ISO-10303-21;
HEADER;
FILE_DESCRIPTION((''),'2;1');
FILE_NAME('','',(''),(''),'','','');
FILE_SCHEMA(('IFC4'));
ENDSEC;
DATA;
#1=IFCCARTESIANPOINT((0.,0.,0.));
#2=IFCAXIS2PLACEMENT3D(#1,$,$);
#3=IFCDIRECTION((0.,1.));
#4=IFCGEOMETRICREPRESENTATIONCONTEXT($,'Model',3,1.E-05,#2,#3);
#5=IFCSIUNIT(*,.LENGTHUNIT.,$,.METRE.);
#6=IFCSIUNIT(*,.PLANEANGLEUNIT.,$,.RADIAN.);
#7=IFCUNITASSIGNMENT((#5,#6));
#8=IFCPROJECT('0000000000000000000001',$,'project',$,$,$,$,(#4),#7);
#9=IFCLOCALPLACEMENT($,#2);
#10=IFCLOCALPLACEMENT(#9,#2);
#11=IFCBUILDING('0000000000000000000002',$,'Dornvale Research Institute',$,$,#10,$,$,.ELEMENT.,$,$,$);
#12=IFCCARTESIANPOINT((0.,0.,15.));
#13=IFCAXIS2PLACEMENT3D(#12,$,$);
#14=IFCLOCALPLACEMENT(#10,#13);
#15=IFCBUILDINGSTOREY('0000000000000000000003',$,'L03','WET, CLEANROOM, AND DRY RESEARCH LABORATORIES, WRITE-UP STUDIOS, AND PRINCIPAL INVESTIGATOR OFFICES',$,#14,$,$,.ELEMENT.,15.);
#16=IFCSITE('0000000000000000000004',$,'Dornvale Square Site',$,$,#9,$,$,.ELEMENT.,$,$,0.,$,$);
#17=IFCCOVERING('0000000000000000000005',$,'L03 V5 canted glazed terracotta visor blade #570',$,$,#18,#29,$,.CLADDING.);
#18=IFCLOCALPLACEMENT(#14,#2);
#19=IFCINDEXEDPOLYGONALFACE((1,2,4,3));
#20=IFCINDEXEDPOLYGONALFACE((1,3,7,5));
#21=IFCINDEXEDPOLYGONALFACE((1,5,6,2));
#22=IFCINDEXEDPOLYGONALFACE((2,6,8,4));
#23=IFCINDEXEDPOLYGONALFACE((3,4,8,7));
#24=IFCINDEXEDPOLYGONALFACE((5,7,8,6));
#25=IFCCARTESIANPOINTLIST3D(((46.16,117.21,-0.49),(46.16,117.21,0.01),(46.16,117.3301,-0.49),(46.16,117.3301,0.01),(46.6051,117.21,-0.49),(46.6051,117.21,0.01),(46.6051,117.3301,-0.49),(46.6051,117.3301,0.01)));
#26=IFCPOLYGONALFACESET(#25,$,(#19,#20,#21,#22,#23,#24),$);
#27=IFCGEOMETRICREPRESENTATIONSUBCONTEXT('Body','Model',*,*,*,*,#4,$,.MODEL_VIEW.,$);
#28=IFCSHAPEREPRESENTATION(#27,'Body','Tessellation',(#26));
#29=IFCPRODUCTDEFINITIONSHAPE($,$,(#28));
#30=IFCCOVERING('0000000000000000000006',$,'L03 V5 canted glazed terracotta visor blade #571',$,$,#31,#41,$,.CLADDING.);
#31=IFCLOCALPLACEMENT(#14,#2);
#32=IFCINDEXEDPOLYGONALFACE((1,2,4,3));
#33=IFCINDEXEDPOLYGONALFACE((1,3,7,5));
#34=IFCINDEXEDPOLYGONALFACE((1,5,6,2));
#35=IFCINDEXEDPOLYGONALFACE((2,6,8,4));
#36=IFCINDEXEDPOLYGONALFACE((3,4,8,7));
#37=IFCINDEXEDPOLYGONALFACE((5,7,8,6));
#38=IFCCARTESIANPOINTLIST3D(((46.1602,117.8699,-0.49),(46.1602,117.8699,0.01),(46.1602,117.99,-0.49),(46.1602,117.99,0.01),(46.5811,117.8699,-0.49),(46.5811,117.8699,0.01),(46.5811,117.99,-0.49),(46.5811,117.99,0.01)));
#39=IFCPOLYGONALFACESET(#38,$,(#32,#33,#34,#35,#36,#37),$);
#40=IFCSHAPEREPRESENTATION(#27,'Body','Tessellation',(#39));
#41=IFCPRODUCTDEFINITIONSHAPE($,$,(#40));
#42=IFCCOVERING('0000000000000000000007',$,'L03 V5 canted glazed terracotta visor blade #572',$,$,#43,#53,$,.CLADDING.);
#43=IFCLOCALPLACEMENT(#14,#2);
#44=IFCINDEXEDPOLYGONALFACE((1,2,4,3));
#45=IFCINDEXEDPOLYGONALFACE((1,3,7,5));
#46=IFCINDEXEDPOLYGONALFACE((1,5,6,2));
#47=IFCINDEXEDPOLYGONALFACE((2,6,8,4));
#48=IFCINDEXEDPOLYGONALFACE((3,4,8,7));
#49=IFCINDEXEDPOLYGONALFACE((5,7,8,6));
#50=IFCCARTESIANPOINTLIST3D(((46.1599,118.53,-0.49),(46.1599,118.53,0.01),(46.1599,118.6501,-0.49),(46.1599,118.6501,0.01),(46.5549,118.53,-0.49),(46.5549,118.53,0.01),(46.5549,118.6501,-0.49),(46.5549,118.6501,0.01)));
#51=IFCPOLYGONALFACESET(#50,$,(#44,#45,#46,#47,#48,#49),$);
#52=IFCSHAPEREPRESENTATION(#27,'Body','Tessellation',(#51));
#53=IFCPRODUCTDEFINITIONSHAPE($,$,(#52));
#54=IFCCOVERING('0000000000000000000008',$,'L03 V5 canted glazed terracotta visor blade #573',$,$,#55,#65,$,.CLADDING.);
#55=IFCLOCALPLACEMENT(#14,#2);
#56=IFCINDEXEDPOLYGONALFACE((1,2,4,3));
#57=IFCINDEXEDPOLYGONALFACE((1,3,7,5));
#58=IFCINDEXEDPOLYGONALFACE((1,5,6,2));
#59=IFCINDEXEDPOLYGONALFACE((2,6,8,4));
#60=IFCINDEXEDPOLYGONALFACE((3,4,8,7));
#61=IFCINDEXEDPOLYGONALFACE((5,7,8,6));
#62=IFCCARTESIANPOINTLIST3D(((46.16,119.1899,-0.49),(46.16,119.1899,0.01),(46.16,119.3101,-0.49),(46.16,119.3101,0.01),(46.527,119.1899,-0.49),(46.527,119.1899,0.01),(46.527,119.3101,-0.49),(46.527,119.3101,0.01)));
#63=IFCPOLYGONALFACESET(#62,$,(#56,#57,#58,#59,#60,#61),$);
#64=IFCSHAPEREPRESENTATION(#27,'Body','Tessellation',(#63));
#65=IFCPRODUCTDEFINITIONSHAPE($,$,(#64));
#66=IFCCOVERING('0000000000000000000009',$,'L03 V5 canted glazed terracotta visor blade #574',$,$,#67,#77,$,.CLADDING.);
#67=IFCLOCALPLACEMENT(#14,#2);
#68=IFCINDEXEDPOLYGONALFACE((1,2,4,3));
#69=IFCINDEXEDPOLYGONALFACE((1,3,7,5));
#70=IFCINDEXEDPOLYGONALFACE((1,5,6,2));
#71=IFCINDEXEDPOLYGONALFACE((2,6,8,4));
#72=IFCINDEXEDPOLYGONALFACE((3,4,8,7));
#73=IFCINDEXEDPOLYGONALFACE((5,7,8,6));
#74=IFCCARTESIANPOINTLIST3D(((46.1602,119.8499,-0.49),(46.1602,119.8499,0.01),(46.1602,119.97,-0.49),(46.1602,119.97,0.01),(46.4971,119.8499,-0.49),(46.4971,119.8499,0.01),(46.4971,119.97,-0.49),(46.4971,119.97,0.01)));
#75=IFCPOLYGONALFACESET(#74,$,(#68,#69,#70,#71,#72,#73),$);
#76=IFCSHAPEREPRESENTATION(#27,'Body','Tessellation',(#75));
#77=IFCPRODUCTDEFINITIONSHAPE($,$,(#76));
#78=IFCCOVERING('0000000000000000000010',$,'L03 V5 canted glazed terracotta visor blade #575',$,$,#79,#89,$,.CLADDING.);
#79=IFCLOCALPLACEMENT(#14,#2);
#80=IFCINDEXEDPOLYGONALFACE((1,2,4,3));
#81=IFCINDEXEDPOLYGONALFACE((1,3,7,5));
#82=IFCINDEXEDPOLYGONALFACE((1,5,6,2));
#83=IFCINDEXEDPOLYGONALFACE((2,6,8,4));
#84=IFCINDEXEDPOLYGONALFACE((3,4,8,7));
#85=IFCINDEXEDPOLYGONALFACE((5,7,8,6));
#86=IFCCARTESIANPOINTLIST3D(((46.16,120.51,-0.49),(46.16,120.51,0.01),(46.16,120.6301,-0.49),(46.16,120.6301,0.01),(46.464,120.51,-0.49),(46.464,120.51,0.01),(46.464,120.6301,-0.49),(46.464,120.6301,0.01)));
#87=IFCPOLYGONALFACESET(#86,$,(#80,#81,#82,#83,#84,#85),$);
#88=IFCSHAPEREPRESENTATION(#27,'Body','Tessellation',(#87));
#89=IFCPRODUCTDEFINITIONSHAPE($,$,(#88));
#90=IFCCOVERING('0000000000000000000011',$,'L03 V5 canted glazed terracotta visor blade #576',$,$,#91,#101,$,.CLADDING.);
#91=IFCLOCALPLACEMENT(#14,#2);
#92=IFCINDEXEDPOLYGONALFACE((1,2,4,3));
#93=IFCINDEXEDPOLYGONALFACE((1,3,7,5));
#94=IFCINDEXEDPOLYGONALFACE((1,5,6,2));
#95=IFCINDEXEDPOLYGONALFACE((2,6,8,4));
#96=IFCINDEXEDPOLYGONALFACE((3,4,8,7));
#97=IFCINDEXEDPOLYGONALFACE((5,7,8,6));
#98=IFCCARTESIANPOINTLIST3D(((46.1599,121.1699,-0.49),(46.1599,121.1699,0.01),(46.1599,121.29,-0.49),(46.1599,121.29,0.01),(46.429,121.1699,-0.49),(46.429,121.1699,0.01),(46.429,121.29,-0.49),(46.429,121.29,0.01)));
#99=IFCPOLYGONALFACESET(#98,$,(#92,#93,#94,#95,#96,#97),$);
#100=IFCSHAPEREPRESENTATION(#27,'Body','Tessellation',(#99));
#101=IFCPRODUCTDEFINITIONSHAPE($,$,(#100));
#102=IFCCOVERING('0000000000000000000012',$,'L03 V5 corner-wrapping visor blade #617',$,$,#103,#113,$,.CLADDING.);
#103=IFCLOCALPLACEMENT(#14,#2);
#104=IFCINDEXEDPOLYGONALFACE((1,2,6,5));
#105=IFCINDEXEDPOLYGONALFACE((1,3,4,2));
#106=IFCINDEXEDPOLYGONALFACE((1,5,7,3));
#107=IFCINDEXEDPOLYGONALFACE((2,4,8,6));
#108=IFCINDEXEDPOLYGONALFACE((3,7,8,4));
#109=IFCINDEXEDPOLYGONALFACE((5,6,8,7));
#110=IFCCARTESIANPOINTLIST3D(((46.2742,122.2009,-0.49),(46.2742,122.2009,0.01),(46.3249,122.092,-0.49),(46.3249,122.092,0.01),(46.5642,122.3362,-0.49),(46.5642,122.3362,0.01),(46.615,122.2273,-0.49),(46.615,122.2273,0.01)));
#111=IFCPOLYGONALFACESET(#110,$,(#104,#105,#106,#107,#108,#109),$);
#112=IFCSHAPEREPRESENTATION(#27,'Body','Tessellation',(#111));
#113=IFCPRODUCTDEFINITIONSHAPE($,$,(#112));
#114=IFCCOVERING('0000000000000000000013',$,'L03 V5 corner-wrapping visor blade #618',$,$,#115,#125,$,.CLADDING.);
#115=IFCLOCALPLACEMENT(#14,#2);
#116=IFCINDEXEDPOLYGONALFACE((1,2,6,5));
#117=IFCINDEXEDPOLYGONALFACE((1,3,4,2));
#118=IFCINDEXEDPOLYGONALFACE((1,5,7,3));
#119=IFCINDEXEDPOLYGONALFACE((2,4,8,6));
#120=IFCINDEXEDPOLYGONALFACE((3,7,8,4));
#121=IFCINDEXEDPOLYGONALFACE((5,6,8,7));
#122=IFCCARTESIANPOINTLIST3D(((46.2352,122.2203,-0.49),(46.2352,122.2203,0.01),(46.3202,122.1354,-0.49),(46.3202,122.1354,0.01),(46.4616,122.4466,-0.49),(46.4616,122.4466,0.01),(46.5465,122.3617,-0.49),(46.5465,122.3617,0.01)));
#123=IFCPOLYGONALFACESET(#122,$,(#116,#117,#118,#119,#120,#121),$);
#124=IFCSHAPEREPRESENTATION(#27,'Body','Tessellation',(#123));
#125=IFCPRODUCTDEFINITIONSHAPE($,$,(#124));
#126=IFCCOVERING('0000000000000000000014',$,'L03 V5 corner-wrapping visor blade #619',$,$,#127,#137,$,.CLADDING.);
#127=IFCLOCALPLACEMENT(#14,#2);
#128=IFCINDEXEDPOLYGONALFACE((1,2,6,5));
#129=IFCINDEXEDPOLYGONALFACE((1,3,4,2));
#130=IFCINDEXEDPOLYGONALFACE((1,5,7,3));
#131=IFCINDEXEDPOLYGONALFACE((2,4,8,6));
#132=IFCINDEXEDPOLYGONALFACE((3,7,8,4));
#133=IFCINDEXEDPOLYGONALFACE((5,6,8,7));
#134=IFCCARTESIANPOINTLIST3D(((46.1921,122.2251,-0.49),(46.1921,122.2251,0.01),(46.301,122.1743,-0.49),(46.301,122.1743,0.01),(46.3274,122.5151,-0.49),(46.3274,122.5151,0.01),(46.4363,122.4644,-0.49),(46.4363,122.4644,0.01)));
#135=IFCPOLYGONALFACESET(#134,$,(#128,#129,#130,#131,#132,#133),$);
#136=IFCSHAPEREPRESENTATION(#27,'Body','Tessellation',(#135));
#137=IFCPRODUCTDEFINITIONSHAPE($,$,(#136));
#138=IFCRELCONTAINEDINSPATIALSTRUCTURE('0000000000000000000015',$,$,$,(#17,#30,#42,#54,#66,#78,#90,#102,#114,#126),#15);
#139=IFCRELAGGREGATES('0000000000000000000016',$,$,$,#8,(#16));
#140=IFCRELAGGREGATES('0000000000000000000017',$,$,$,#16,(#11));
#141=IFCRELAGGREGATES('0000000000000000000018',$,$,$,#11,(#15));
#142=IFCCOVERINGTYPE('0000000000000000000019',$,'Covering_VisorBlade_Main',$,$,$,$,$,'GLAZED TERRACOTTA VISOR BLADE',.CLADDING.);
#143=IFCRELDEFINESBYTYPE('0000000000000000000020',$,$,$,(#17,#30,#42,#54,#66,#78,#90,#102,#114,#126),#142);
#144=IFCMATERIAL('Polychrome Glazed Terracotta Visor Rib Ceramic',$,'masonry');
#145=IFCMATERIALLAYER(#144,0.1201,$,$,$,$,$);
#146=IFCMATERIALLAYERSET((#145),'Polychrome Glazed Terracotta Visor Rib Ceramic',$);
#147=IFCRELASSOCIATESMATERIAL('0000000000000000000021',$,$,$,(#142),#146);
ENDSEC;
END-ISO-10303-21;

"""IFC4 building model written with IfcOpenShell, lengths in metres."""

from ifc_helpers import new_model, si_unit, direction, frame, origin, origin_2d, place, context, subcontext, project, spatial, rectangle, extrude, material, layer, layer_set, type_object, element, save


model = new_model("IFC4")

# Units and contexts
model_context = context("Model", 3, precision=1e-05, world=origin(), true_north=direction((0.0, 1.0)))
body_context = subcontext(model_context, "Body", "Model", "MODEL_VIEW")
ifc_project = project(units=[si_unit("LENGTHUNIT", "METRE"), si_unit("PLANEANGLEUNIT", "RADIAN")], contexts=[model_context])

# Site, building, storey
site_placement = place(None, origin())
site = spatial("IfcSite", under=ifc_project, at=site_placement, Name="Dornvale Square Site", CompositionType="ELEMENT", RefElevation=0.0)
building_placement = place(site_placement, origin())
building = spatial("IfcBuilding", under=site, at=building_placement, Name="Dornvale Research Institute", CompositionType="ELEMENT")
storey_placement = place(building_placement, frame((0.0, 0.0, 15.0)))
storey = spatial("IfcBuildingStorey", under=building, at=storey_placement, Name="L03", Description="WET, CLEANROOM, AND DRY RESEARCH LABORATORIES, WRITE-UP STUDIOS, AND PRINCIPAL INVESTIGATOR OFFICES", CompositionType="ELEMENT", Elevation=15.0)

# Coverings
ifc_material_1 = material(Name="Polychrome Glazed Terracotta Visor Rib Ceramic", Category="masonry")
ifc_layer_1 = layer(ifc_material_1, 0.1201)
ifc_layer_set_1 = layer_set([ifc_layer_1], Name="Polychrome Glazed Terracotta Visor Rib Ceramic")
covering_type = type_object("IfcCoveringType", Name="Covering_VisorBlade_Main", ElementType="GLAZED TERRACOTTA VISOR BLADE", PredefinedType="CLADDING", material=ifc_layer_set_1)
covering_1_placement = place(storey_placement, frame((46.3826, 117.27, -0.49), z_axis=(0.0, 0.0, 1.0), x_axis=(1.0, 0.0, 0.0)))
element("IfcCovering", 1, at=covering_1_placement, inside=storey, type_object=covering_type, Name="L03 V5 canted glazed terracotta visor blade #570", PredefinedType="CLADDING", context=body_context, shape_type="SweptSolid", body=[
    extrude(rectangle(XDim=0.4451, YDim=0.1201, at=origin_2d()), origin(), (0.0, 0.0, 1.0), 0.5),
])
covering_2_placement = place(storey_placement, frame((46.3706, 117.9299, -0.49), z_axis=(0.0, 0.0, 1.0), x_axis=(1.0, 0.0, 0.0)))
element("IfcCovering", 2, at=covering_2_placement, inside=storey, type_object=covering_type, Name="L03 V5 canted glazed terracotta visor blade #571", PredefinedType="CLADDING", context=body_context, shape_type="SweptSolid", body=[
    extrude(rectangle(XDim=0.4209, YDim=0.1201, at=origin_2d()), origin(), (0.0, 0.0, 1.0), 0.5),
])
covering_3_placement = place(storey_placement, frame((46.3574, 118.5901, -0.49), z_axis=(0.0, 0.0, 1.0), x_axis=(1.0, 0.0, 0.0)))
element("IfcCovering", 3, at=covering_3_placement, inside=storey, type_object=covering_type, Name="L03 V5 canted glazed terracotta visor blade #572", PredefinedType="CLADDING", context=body_context, shape_type="SweptSolid", body=[
    extrude(rectangle(XDim=0.395, YDim=0.1201, at=origin_2d()), origin(), (0.0, 0.0, 1.0), 0.5),
])
covering_4_placement = place(storey_placement, frame((46.3435, 119.25, -0.49), z_axis=(0.0, 0.0, 1.0), x_axis=(1.0, 0.0, 0.0)))
element("IfcCovering", 4, at=covering_4_placement, inside=storey, type_object=covering_type, Name="L03 V5 canted glazed terracotta visor blade #573", PredefinedType="CLADDING", context=body_context, shape_type="SweptSolid", body=[
    extrude(rectangle(XDim=0.3669, YDim=0.1201, at=origin_2d()), origin(), (0.0, 0.0, 1.0), 0.5),
])
covering_5_placement = place(storey_placement, frame((46.3286, 119.9099, -0.49), z_axis=(0.0, 0.0, 1.0), x_axis=(1.0, 0.0, 0.0)))
element("IfcCovering", 5, at=covering_5_placement, inside=storey, type_object=covering_type, Name="L03 V5 canted glazed terracotta visor blade #574", PredefinedType="CLADDING", context=body_context, shape_type="SweptSolid", body=[
    extrude(rectangle(XDim=0.3369, YDim=0.1201, at=origin_2d()), origin(), (0.0, 0.0, 1.0), 0.5),
])
covering_6_placement = place(storey_placement, frame((46.312, 120.5701, -0.49), z_axis=(0.0, 0.0, 1.0), x_axis=(1.0, 0.0, 0.0)))
element("IfcCovering", 6, at=covering_6_placement, inside=storey, type_object=covering_type, Name="L03 V5 canted glazed terracotta visor blade #575", PredefinedType="CLADDING", context=body_context, shape_type="SweptSolid", body=[
    extrude(rectangle(XDim=0.304, YDim=0.1201, at=origin_2d()), origin(), (0.0, 0.0, 1.0), 0.5),
])
covering_7_placement = place(storey_placement, frame((46.2944, 121.23, -0.49), z_axis=(0.0, 0.0, 1.0), x_axis=(1.0, 0.0, 0.0)))
element("IfcCovering", 7, at=covering_7_placement, inside=storey, type_object=covering_type, Name="L03 V5 canted glazed terracotta visor blade #576", PredefinedType="CLADDING", context=body_context, shape_type="SweptSolid", body=[
    extrude(rectangle(XDim=0.269, YDim=0.1201, at=origin_2d()), origin(), (0.0, 0.0, 1.0), 0.5),
])
for number, where, z_axis, x_axis, name in (
    (8, (46.4446, 122.2141, -0.49), (0.0, 0.0, 1.0), (0.906308, 0.422618, 0.0), "L03 V5 corner-wrapping visor blade #617"),
    (9, (46.3909, 122.291, -0.49), (0.0, 0.0, 1.0), (0.707107, 0.707107, 0.0), "L03 V5 corner-wrapping visor blade #618"),
    (10, (46.3142, 122.3447, -0.49), (0.0, 0.0, 1.0), (0.422618, 0.906308, 0.0), "L03 V5 corner-wrapping visor blade #619"),
):
    element("IfcCovering", number, at=place(storey_placement, frame(where, z_axis=z_axis, x_axis=x_axis)), inside=storey, type_object=covering_type, Name=name, PredefinedType="CLADDING", context=body_context, shape_type="SweptSolid", body=[
        extrude(rectangle(XDim=0.3201, YDim=0.1201, at=origin_2d()), origin(), (0.0, 0.0, 1.0), 0.5),
    ])

save(model, "model.ifc")
